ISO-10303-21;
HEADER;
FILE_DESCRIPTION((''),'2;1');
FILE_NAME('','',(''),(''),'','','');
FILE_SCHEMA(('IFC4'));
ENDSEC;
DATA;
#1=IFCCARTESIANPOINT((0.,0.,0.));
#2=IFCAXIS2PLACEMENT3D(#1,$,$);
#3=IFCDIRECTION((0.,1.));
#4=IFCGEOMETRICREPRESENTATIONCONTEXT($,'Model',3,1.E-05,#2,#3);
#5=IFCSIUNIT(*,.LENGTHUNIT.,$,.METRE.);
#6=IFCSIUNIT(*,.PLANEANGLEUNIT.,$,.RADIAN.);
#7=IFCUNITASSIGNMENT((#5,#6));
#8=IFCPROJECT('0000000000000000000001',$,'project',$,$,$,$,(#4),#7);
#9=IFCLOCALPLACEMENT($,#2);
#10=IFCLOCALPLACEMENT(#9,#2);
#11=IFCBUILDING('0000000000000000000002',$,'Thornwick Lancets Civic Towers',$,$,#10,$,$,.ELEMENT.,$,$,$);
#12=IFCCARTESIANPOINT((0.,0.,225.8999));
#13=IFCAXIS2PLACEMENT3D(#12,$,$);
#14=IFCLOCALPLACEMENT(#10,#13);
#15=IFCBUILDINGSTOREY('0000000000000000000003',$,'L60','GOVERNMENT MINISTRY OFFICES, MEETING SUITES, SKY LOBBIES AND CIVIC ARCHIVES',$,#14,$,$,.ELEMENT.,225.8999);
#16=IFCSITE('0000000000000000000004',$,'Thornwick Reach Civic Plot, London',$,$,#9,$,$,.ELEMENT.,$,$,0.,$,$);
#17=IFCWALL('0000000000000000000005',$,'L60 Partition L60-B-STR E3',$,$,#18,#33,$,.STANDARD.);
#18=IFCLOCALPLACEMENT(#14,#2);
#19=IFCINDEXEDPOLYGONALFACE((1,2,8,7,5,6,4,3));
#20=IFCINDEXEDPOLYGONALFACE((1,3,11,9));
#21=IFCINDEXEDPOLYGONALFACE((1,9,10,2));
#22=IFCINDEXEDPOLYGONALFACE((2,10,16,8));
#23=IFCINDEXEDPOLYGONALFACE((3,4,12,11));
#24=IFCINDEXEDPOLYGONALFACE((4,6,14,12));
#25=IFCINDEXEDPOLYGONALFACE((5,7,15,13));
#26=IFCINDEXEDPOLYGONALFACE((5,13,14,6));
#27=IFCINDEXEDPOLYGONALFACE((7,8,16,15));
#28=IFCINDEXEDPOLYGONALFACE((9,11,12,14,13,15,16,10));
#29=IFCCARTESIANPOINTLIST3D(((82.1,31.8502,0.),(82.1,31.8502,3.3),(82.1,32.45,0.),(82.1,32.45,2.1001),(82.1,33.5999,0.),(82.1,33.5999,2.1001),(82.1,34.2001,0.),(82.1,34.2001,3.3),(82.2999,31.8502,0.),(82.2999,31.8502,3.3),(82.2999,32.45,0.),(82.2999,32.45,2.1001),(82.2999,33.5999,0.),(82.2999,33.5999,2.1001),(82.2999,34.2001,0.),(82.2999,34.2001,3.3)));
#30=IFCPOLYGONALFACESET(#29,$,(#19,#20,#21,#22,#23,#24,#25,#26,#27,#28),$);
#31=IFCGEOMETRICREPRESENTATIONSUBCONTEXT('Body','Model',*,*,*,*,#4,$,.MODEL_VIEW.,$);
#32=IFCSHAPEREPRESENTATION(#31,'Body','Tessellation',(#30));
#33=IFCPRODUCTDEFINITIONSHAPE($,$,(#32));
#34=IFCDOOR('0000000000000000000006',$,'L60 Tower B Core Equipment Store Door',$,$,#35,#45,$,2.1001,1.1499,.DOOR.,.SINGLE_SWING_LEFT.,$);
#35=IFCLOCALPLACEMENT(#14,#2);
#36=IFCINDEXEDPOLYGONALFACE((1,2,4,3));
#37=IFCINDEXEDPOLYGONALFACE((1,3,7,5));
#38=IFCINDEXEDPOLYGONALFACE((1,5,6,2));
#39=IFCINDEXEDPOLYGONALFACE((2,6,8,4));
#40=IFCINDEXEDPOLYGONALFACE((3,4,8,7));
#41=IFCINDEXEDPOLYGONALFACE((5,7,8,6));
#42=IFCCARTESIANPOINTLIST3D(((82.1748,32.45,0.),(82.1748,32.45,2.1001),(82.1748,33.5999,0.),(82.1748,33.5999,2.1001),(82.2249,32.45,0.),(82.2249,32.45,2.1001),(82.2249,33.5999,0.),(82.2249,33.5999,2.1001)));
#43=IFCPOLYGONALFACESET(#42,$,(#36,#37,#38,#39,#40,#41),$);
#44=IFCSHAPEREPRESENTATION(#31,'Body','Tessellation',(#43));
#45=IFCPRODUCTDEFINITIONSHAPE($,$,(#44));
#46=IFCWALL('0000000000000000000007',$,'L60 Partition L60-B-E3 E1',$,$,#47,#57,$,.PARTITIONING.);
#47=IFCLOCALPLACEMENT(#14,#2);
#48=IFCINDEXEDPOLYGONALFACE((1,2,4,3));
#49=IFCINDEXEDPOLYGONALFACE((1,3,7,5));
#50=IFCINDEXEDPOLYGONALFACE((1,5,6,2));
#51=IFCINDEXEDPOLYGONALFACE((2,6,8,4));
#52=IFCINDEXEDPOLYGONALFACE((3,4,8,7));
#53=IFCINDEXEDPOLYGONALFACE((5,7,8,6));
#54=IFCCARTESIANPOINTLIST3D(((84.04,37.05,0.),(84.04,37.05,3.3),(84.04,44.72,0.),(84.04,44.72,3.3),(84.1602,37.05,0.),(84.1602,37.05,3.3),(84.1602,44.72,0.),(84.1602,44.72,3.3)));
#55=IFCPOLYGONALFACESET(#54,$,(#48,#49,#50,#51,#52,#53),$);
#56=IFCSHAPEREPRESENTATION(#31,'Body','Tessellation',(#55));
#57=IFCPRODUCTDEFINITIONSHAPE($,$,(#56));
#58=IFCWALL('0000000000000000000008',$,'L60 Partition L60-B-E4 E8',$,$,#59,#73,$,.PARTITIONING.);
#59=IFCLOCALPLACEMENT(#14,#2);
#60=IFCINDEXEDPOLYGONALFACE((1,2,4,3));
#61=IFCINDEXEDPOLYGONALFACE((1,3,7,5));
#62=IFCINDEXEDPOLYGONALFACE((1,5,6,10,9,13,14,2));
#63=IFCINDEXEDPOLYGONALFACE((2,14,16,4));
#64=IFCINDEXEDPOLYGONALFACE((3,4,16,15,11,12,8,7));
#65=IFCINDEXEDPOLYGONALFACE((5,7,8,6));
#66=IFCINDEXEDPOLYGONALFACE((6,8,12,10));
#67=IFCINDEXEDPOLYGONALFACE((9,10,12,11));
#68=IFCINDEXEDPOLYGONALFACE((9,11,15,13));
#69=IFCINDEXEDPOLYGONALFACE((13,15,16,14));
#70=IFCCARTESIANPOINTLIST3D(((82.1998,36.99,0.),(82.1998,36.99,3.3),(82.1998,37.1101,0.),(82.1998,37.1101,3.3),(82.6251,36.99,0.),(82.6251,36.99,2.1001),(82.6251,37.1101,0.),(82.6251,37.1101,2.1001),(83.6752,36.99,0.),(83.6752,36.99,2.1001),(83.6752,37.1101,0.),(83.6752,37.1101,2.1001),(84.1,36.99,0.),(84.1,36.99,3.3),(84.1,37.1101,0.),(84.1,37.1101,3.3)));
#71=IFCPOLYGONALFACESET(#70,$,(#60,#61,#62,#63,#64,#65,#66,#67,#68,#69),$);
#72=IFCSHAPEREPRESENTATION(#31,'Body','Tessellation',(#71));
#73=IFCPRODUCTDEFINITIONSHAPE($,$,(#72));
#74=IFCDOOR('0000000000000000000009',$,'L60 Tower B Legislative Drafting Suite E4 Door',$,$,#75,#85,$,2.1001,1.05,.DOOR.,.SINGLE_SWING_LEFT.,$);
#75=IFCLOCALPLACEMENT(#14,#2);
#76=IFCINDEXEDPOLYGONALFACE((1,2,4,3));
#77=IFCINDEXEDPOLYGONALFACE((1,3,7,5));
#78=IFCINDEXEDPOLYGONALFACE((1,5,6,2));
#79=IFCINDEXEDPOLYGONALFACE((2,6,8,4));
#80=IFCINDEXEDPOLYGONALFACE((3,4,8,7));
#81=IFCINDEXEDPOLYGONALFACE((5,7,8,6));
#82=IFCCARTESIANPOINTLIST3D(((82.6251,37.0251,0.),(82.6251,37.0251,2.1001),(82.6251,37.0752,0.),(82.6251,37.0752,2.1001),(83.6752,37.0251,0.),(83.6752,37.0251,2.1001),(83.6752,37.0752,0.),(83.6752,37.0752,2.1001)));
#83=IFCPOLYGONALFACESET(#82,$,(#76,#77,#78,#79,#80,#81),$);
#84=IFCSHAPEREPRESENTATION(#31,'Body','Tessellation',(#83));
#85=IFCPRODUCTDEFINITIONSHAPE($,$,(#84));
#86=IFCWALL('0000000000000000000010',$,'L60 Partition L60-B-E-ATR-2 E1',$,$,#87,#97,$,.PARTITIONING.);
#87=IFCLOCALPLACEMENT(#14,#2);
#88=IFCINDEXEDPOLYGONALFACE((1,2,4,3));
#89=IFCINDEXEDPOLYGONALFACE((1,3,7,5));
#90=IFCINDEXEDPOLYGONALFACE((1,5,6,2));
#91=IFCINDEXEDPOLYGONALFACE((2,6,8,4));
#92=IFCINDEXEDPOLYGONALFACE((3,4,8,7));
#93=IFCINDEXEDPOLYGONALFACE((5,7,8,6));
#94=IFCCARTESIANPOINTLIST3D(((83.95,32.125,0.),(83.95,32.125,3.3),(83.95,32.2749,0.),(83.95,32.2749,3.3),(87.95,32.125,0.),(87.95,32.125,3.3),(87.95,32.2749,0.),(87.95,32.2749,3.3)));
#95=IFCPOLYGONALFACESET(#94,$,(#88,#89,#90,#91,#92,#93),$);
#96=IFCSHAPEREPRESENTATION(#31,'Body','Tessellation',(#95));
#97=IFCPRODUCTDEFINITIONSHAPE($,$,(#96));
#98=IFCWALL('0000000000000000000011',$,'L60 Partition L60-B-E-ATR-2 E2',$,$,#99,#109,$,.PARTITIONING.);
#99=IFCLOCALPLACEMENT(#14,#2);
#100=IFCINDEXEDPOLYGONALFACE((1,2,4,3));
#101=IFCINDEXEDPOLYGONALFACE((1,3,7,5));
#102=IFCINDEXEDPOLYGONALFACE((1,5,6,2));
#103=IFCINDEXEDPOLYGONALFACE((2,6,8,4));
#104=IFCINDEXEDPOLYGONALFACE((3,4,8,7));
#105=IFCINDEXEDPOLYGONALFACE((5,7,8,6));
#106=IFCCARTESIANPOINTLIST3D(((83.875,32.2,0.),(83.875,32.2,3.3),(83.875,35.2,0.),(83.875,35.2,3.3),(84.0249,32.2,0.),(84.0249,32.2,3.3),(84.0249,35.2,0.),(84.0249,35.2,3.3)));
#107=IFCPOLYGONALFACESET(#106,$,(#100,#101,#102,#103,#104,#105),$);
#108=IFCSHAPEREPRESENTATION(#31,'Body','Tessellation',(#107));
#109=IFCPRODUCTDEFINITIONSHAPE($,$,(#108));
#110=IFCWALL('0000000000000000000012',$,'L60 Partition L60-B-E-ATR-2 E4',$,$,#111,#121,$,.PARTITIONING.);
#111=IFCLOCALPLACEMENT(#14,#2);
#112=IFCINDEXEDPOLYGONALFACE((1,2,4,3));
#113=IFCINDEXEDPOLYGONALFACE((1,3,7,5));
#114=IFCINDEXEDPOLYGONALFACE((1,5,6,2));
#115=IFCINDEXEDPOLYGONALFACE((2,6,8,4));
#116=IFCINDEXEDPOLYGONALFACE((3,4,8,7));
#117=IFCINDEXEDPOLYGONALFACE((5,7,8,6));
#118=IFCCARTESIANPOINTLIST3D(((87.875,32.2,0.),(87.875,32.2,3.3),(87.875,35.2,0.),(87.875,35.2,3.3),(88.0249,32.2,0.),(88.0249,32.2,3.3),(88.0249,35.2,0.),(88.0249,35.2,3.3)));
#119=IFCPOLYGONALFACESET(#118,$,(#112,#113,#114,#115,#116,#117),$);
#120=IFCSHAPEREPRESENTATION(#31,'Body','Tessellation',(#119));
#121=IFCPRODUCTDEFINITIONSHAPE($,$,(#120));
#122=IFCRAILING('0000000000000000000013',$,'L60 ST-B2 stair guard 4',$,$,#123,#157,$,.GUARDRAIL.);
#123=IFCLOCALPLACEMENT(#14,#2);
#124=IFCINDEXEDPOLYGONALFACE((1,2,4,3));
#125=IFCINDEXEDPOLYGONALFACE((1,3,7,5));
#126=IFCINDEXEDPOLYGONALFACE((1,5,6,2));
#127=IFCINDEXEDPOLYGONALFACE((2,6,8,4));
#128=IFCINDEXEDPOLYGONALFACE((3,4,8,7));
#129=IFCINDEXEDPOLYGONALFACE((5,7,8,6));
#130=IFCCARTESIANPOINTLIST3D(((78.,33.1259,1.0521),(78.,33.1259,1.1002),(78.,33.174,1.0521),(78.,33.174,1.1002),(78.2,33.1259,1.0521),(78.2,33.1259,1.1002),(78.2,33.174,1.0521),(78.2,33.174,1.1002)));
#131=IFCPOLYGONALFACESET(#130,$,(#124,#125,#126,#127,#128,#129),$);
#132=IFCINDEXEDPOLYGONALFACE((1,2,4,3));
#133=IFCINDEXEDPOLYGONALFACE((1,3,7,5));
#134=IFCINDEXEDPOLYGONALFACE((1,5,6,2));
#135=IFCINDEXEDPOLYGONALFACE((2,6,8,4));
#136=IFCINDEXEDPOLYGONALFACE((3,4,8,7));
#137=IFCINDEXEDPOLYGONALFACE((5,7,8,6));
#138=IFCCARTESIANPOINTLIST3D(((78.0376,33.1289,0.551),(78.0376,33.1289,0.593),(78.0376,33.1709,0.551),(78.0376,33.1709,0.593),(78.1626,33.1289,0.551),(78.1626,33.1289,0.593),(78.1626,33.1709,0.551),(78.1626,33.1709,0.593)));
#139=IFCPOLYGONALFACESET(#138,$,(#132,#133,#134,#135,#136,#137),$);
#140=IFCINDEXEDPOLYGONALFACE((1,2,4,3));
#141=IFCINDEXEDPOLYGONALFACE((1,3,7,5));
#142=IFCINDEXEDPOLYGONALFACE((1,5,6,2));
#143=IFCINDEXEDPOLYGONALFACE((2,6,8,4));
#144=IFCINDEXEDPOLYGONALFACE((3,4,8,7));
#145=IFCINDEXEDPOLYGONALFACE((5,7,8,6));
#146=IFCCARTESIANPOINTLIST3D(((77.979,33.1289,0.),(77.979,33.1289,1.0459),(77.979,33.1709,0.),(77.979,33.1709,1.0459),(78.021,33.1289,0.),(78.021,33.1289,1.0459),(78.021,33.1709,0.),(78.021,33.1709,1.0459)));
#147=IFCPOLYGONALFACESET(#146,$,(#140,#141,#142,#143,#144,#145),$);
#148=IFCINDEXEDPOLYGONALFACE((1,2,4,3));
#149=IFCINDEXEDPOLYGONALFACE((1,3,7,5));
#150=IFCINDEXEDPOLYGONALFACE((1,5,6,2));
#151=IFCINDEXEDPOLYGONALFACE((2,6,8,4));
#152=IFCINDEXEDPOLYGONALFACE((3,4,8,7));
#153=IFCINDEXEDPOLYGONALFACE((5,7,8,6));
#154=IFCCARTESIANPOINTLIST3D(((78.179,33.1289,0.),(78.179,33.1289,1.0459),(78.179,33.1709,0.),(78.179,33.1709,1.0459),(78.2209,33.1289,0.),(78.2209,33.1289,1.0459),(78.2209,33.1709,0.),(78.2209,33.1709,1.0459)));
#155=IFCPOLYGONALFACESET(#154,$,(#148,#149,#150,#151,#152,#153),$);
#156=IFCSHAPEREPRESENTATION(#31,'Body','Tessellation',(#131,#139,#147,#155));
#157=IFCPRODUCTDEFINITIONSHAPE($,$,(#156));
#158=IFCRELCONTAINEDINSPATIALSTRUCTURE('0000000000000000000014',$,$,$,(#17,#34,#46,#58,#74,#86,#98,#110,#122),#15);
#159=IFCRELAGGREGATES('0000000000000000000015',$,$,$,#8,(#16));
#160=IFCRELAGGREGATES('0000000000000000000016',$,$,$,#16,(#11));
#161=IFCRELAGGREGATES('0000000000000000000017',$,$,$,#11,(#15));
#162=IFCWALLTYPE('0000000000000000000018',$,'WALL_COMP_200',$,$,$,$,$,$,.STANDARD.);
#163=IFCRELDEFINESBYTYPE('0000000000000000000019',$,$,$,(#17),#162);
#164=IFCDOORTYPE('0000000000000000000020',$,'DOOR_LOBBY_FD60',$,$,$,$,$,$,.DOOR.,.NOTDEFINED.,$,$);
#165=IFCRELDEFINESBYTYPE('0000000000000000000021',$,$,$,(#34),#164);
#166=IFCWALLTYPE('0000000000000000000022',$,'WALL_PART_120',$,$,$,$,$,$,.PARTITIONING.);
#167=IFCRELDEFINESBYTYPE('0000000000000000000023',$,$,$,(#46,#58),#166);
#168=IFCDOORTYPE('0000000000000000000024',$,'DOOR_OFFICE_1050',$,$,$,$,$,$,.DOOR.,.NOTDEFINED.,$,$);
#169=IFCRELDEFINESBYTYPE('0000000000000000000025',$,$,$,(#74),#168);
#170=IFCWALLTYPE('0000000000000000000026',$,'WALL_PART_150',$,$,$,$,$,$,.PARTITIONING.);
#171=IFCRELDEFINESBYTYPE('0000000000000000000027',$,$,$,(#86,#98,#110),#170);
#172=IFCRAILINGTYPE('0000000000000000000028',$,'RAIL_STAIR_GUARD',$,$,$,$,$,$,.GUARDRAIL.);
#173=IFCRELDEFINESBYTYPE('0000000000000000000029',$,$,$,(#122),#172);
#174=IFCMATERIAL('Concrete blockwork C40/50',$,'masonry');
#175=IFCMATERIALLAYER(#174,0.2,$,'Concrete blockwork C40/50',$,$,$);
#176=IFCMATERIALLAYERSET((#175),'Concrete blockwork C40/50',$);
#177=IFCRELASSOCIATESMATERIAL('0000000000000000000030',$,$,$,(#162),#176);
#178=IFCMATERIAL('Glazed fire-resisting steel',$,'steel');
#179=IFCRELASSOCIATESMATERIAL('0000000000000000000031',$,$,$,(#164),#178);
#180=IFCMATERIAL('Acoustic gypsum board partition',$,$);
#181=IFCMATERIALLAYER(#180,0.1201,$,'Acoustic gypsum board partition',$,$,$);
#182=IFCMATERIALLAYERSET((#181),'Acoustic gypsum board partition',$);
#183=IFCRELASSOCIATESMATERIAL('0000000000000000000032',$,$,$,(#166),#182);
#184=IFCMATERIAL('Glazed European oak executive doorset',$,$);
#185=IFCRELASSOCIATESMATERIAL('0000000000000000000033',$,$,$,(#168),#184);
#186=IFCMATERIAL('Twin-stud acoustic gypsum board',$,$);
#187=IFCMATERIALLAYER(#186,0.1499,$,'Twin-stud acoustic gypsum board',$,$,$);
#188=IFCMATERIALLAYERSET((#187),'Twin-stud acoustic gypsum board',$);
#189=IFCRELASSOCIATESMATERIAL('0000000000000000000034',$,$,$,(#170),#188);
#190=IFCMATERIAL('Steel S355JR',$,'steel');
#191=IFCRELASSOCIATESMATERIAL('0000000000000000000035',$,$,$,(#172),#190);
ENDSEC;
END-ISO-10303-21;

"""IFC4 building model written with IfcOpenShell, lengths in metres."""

from ifc_helpers import new_model, si_unit, direction, frame, frame_2d, origin, origin_2d, place, context, subcontext, project, spatial, rectangle, extrude, material, layer, layer_set, type_object, element, fill, save


model = new_model("IFC4")

# Units and contexts
model_context = context("Model", 3, precision=1e-05, world=origin(), true_north=direction((0.0, 1.0)))
body_context = subcontext(model_context, "Body", "Model", "MODEL_VIEW")
ifc_project = project(units=[si_unit("LENGTHUNIT", "METRE"), si_unit("PLANEANGLEUNIT", "RADIAN")], contexts=[model_context])

# Site, building, storey
site_placement = place(None, origin())
site = spatial("IfcSite", under=ifc_project, at=site_placement, Name="Thornwick Reach Civic Plot, London", CompositionType="ELEMENT", RefElevation=0.0)
building_placement = place(site_placement, origin())
building = spatial("IfcBuilding", under=site, at=building_placement, Name="Thornwick Lancets Civic Towers", CompositionType="ELEMENT")
storey_placement = place(building_placement, frame((0.0, 0.0, 225.8999)))
storey = spatial("IfcBuildingStorey", under=building, at=storey_placement, Name="L60", Description="GOVERNMENT MINISTRY OFFICES, MEETING SUITES, SKY LOBBIES AND CIVIC ARCHIVES", CompositionType="ELEMENT", Elevation=225.8999)

# Shared definitions
ifc_material_1 = material(Name="Steel S355JR", Category="steel")

# Shared definitions
ifc_material_2 = material(Name="Concrete blockwork C40/50", Category="masonry")
ifc_layer_1 = layer(ifc_material_2, 0.2, Name="Concrete blockwork C40/50")
ifc_layer_set_1 = layer_set([ifc_layer_1], Name="Concrete blockwork C40/50")
wall_type_1 = type_object("IfcWallType", Name="WALL_COMP_200", PredefinedType="STANDARD", material=ifc_layer_set_1)

# Shared definitions
ifc_material_3 = material(Name="Glazed fire-resisting steel", Category="steel")
door_type_1 = type_object("IfcDoorType", Name="DOOR_LOBBY_FD60", OperationType="NOTDEFINED", PredefinedType="DOOR", material=ifc_material_3)

# Wall, opening, door
wall_1_placement = place(storey_placement, frame((82.2, 34.2, 0.0), z_axis=(0.0, 0.0, 1.0), x_axis=(0.0, -1.0, 0.0)))
wall_1 = element("IfcWall", 1, at=wall_1_placement, inside=storey, type_object=wall_type_1, Name="L60 Partition L60-B-STR E3", PredefinedType="STANDARD", context=body_context, shape_type="SweptSolid", body=[
    extrude(rectangle(XDim=2.3499, YDim=0.2, at=frame_2d((1.1748, 0.0))), origin(), (0.0, 0.0, 1.0), 3.3),
])
opening_1_placement = place(wall_1_placement, frame((0.6001, 0.0, 0.0)))
opening_1 = element("IfcOpeningElement", 2, at=opening_1_placement, cuts=wall_1, PredefinedType="OPENING", context=body_context, shape_type="SweptSolid", body=[
    extrude(rectangle(XDim=1.1499, YDim=2.1001, at=frame_2d((0.575, 1.05))), frame((0.0, 0.1099, 0.0), z_axis=(0.0, -1.0, 0.0), x_axis=(1.0, 0.0, 0.0)), (0.0, 0.0, 1.0), 0.22),
])
door_1_placement = place(opening_1_placement, origin())
door_1 = element("IfcDoor", 3, at=door_1_placement, inside=storey, type_object=door_type_1, Name="L60 Tower B Core Equipment Store Door", OperationType="SINGLE_SWING_LEFT", OverallHeight=2.1001, OverallWidth=1.1499, PredefinedType="DOOR", context=body_context, shape_type="SweptSolid", body=[
    extrude(rectangle(XDim=1.1499, YDim=2.1001, at=frame_2d((0.575, 1.05))), frame((0.0, 0.0249, 0.0), z_axis=(0.0, -1.0, 0.0), x_axis=(1.0, 0.0, 0.0)), (0.0, 0.0, 1.0), 0.05),
])
fill(opening_1, door_1)

# Wall
ifc_material_4 = material(Name="Acoustic gypsum board partition")
ifc_layer_2 = layer(ifc_material_4, 0.1201, Name="Acoustic gypsum board partition")
ifc_layer_set_2 = layer_set([ifc_layer_2], Name="Acoustic gypsum board partition")
wall_type_2 = type_object("IfcWallType", Name="WALL_PART_120", PredefinedType="PARTITIONING", material=ifc_layer_set_2)
wall_2_placement = place(storey_placement, frame((84.1001, 37.05, 0.0), z_axis=(0.0, 0.0, 1.0), x_axis=(0.0, 1.0, 0.0)))
element("IfcWall", 4, at=wall_2_placement, inside=storey, type_object=wall_type_2, Name="L60 Partition L60-B-E3 E1", PredefinedType="PARTITIONING", context=body_context, shape_type="SweptSolid", body=[
    extrude(rectangle(XDim=7.6699, YDim=0.1201, at=frame_2d((3.835, 0.0))), origin(), (0.0, 0.0, 1.0), 3.3),
])

# Wall, opening, door
wall_3_placement = place(storey_placement, frame((84.1001, 37.05, 0.0), z_axis=(0.0, 0.0, 1.0), x_axis=(-1.0, 0.0, 0.0)))
wall_3 = element("IfcWall", 5, at=wall_3_placement, inside=storey, type_object=wall_type_2, Name="L60 Partition L60-B-E4 E8", PredefinedType="PARTITIONING", context=body_context, shape_type="SweptSolid", body=[
    extrude(rectangle(XDim=1.9001, YDim=0.1201, at=frame_2d((0.9502, 0.0))), origin(), (0.0, 0.0, 1.0), 3.3),
])
opening_2_placement = place(wall_3_placement, frame((0.425, 0.0, 0.0)))
opening_2 = element("IfcOpeningElement", 6, at=opening_2_placement, cuts=wall_3, PredefinedType="OPENING", context=body_context, shape_type="SweptSolid", body=[
    extrude(rectangle(XDim=1.05, YDim=2.1001, at=frame_2d((0.5249, 1.05))), frame((0.0, 0.0701, 0.0), z_axis=(0.0, -1.0, 0.0), x_axis=(1.0, 0.0, 0.0)), (0.0, 0.0, 1.0), 0.1401),
])
ifc_material_5 = material(Name="Glazed European oak executive doorset")
door_type_2 = type_object("IfcDoorType", Name="DOOR_OFFICE_1050", OperationType="NOTDEFINED", PredefinedType="DOOR", material=ifc_material_5)
door_2_placement = place(opening_2_placement, origin())
door_2 = element("IfcDoor", 7, at=door_2_placement, inside=storey, type_object=door_type_2, Name="L60 Tower B Legislative Drafting Suite E4 Door", OperationType="SINGLE_SWING_LEFT", OverallHeight=2.1001, OverallWidth=1.05, PredefinedType="DOOR", context=body_context, shape_type="SweptSolid", body=[
    extrude(rectangle(XDim=1.05, YDim=2.1001, at=frame_2d((0.5249, 1.05))), frame((0.0, 0.0249, 0.0), z_axis=(0.0, -1.0, 0.0), x_axis=(1.0, 0.0, 0.0)), (0.0, 0.0, 1.0), 0.05),
])
fill(opening_2, door_2)

# Walls
ifc_material_6 = material(Name="Twin-stud acoustic gypsum board")
ifc_layer_3 = layer(ifc_material_6, 0.1499, Name="Twin-stud acoustic gypsum board")
ifc_layer_set_3 = layer_set([ifc_layer_3], Name="Twin-stud acoustic gypsum board")
wall_type_3 = type_object("IfcWallType", Name="WALL_PART_150", PredefinedType="PARTITIONING", material=ifc_layer_set_3)
wall_4_placement = place(storey_placement, frame((87.95, 32.2, 0.0), z_axis=(0.0, 0.0, 1.0), x_axis=(-1.0, 0.0, 0.0)))
element("IfcWall", 8, at=wall_4_placement, inside=storey, type_object=wall_type_3, Name="L60 Partition L60-B-E-ATR-2 E1", PredefinedType="PARTITIONING", context=body_context, shape_type="SweptSolid", body=[
    extrude(rectangle(XDim=4.0, YDim=0.1499, at=frame_2d((2.0, 0.0))), origin(), (0.0, 0.0, 1.0), 3.3),
])
wall_5_placement = place(storey_placement, frame((83.95, 32.2, 0.0), z_axis=(0.0, 0.0, 1.0), x_axis=(0.0, 1.0, 0.0)))
element("IfcWall", 9, at=wall_5_placement, inside=storey, type_object=wall_type_3, Name="L60 Partition L60-B-E-ATR-2 E2", PredefinedType="PARTITIONING", context=body_context, shape_type="SweptSolid", body=[
    extrude(rectangle(XDim=3.0, YDim=0.1499, at=frame_2d((1.5, 0.0))), origin(), (0.0, 0.0, 1.0), 3.3),
])

# Wall
wall_6_placement = place(storey_placement, frame((87.95, 35.2, 0.0), z_axis=(0.0, 0.0, 1.0), x_axis=(0.0, -1.0, 0.0)))
element("IfcWall", 10, at=wall_6_placement, inside=storey, type_object=wall_type_3, Name="L60 Partition L60-B-E-ATR-2 E4", PredefinedType="PARTITIONING", context=body_context, shape_type="SweptSolid", body=[
    extrude(rectangle(XDim=3.0, YDim=0.1499, at=frame_2d((1.5, 0.0))), origin(), (0.0, 0.0, 1.0), 3.3),
])

# Railing
railing_type = type_object("IfcRailingType", Name="RAIL_STAIR_GUARD", PredefinedType="GUARDRAIL", material=ifc_material_1)
railing_placement = place(storey_placement, frame((78.0, 33.1499, 0.0)))
element("IfcRailing", 11, at=railing_placement, inside=storey, type_object=railing_type, Name="L60 ST-B2 stair guard 4", PredefinedType="GUARDRAIL", context=body_context, shape_type="SweptSolid", body=[
    extrude(rectangle(XDim=0.0481, YDim=0.0481, at=origin_2d()), frame((0.0, 0.0, 1.0762), z_axis=(1.0, 0.0, 0.0), x_axis=(0.0, 1.0, 0.0)), (0.0, 0.0, 1.0), 0.2),
    extrude(rectangle(XDim=0.042, YDim=0.042, at=origin_2d()), frame((0.0376, 0.0, 0.572), z_axis=(1.0, 0.0, 0.0), x_axis=(0.0, 1.0, 0.0)), (0.0, 0.0, 1.0), 0.125),
    extrude(rectangle(XDim=0.042, YDim=0.042, at=origin_2d()), origin(), (0.0, 0.0, 1.0), 1.0459),
    extrude(rectangle(XDim=0.042, YDim=0.042, at=origin_2d()), frame((0.2, 0.0, 0.0)), (0.0, 0.0, 1.0), 1.0459),
])

save(model, "model.ifc")
